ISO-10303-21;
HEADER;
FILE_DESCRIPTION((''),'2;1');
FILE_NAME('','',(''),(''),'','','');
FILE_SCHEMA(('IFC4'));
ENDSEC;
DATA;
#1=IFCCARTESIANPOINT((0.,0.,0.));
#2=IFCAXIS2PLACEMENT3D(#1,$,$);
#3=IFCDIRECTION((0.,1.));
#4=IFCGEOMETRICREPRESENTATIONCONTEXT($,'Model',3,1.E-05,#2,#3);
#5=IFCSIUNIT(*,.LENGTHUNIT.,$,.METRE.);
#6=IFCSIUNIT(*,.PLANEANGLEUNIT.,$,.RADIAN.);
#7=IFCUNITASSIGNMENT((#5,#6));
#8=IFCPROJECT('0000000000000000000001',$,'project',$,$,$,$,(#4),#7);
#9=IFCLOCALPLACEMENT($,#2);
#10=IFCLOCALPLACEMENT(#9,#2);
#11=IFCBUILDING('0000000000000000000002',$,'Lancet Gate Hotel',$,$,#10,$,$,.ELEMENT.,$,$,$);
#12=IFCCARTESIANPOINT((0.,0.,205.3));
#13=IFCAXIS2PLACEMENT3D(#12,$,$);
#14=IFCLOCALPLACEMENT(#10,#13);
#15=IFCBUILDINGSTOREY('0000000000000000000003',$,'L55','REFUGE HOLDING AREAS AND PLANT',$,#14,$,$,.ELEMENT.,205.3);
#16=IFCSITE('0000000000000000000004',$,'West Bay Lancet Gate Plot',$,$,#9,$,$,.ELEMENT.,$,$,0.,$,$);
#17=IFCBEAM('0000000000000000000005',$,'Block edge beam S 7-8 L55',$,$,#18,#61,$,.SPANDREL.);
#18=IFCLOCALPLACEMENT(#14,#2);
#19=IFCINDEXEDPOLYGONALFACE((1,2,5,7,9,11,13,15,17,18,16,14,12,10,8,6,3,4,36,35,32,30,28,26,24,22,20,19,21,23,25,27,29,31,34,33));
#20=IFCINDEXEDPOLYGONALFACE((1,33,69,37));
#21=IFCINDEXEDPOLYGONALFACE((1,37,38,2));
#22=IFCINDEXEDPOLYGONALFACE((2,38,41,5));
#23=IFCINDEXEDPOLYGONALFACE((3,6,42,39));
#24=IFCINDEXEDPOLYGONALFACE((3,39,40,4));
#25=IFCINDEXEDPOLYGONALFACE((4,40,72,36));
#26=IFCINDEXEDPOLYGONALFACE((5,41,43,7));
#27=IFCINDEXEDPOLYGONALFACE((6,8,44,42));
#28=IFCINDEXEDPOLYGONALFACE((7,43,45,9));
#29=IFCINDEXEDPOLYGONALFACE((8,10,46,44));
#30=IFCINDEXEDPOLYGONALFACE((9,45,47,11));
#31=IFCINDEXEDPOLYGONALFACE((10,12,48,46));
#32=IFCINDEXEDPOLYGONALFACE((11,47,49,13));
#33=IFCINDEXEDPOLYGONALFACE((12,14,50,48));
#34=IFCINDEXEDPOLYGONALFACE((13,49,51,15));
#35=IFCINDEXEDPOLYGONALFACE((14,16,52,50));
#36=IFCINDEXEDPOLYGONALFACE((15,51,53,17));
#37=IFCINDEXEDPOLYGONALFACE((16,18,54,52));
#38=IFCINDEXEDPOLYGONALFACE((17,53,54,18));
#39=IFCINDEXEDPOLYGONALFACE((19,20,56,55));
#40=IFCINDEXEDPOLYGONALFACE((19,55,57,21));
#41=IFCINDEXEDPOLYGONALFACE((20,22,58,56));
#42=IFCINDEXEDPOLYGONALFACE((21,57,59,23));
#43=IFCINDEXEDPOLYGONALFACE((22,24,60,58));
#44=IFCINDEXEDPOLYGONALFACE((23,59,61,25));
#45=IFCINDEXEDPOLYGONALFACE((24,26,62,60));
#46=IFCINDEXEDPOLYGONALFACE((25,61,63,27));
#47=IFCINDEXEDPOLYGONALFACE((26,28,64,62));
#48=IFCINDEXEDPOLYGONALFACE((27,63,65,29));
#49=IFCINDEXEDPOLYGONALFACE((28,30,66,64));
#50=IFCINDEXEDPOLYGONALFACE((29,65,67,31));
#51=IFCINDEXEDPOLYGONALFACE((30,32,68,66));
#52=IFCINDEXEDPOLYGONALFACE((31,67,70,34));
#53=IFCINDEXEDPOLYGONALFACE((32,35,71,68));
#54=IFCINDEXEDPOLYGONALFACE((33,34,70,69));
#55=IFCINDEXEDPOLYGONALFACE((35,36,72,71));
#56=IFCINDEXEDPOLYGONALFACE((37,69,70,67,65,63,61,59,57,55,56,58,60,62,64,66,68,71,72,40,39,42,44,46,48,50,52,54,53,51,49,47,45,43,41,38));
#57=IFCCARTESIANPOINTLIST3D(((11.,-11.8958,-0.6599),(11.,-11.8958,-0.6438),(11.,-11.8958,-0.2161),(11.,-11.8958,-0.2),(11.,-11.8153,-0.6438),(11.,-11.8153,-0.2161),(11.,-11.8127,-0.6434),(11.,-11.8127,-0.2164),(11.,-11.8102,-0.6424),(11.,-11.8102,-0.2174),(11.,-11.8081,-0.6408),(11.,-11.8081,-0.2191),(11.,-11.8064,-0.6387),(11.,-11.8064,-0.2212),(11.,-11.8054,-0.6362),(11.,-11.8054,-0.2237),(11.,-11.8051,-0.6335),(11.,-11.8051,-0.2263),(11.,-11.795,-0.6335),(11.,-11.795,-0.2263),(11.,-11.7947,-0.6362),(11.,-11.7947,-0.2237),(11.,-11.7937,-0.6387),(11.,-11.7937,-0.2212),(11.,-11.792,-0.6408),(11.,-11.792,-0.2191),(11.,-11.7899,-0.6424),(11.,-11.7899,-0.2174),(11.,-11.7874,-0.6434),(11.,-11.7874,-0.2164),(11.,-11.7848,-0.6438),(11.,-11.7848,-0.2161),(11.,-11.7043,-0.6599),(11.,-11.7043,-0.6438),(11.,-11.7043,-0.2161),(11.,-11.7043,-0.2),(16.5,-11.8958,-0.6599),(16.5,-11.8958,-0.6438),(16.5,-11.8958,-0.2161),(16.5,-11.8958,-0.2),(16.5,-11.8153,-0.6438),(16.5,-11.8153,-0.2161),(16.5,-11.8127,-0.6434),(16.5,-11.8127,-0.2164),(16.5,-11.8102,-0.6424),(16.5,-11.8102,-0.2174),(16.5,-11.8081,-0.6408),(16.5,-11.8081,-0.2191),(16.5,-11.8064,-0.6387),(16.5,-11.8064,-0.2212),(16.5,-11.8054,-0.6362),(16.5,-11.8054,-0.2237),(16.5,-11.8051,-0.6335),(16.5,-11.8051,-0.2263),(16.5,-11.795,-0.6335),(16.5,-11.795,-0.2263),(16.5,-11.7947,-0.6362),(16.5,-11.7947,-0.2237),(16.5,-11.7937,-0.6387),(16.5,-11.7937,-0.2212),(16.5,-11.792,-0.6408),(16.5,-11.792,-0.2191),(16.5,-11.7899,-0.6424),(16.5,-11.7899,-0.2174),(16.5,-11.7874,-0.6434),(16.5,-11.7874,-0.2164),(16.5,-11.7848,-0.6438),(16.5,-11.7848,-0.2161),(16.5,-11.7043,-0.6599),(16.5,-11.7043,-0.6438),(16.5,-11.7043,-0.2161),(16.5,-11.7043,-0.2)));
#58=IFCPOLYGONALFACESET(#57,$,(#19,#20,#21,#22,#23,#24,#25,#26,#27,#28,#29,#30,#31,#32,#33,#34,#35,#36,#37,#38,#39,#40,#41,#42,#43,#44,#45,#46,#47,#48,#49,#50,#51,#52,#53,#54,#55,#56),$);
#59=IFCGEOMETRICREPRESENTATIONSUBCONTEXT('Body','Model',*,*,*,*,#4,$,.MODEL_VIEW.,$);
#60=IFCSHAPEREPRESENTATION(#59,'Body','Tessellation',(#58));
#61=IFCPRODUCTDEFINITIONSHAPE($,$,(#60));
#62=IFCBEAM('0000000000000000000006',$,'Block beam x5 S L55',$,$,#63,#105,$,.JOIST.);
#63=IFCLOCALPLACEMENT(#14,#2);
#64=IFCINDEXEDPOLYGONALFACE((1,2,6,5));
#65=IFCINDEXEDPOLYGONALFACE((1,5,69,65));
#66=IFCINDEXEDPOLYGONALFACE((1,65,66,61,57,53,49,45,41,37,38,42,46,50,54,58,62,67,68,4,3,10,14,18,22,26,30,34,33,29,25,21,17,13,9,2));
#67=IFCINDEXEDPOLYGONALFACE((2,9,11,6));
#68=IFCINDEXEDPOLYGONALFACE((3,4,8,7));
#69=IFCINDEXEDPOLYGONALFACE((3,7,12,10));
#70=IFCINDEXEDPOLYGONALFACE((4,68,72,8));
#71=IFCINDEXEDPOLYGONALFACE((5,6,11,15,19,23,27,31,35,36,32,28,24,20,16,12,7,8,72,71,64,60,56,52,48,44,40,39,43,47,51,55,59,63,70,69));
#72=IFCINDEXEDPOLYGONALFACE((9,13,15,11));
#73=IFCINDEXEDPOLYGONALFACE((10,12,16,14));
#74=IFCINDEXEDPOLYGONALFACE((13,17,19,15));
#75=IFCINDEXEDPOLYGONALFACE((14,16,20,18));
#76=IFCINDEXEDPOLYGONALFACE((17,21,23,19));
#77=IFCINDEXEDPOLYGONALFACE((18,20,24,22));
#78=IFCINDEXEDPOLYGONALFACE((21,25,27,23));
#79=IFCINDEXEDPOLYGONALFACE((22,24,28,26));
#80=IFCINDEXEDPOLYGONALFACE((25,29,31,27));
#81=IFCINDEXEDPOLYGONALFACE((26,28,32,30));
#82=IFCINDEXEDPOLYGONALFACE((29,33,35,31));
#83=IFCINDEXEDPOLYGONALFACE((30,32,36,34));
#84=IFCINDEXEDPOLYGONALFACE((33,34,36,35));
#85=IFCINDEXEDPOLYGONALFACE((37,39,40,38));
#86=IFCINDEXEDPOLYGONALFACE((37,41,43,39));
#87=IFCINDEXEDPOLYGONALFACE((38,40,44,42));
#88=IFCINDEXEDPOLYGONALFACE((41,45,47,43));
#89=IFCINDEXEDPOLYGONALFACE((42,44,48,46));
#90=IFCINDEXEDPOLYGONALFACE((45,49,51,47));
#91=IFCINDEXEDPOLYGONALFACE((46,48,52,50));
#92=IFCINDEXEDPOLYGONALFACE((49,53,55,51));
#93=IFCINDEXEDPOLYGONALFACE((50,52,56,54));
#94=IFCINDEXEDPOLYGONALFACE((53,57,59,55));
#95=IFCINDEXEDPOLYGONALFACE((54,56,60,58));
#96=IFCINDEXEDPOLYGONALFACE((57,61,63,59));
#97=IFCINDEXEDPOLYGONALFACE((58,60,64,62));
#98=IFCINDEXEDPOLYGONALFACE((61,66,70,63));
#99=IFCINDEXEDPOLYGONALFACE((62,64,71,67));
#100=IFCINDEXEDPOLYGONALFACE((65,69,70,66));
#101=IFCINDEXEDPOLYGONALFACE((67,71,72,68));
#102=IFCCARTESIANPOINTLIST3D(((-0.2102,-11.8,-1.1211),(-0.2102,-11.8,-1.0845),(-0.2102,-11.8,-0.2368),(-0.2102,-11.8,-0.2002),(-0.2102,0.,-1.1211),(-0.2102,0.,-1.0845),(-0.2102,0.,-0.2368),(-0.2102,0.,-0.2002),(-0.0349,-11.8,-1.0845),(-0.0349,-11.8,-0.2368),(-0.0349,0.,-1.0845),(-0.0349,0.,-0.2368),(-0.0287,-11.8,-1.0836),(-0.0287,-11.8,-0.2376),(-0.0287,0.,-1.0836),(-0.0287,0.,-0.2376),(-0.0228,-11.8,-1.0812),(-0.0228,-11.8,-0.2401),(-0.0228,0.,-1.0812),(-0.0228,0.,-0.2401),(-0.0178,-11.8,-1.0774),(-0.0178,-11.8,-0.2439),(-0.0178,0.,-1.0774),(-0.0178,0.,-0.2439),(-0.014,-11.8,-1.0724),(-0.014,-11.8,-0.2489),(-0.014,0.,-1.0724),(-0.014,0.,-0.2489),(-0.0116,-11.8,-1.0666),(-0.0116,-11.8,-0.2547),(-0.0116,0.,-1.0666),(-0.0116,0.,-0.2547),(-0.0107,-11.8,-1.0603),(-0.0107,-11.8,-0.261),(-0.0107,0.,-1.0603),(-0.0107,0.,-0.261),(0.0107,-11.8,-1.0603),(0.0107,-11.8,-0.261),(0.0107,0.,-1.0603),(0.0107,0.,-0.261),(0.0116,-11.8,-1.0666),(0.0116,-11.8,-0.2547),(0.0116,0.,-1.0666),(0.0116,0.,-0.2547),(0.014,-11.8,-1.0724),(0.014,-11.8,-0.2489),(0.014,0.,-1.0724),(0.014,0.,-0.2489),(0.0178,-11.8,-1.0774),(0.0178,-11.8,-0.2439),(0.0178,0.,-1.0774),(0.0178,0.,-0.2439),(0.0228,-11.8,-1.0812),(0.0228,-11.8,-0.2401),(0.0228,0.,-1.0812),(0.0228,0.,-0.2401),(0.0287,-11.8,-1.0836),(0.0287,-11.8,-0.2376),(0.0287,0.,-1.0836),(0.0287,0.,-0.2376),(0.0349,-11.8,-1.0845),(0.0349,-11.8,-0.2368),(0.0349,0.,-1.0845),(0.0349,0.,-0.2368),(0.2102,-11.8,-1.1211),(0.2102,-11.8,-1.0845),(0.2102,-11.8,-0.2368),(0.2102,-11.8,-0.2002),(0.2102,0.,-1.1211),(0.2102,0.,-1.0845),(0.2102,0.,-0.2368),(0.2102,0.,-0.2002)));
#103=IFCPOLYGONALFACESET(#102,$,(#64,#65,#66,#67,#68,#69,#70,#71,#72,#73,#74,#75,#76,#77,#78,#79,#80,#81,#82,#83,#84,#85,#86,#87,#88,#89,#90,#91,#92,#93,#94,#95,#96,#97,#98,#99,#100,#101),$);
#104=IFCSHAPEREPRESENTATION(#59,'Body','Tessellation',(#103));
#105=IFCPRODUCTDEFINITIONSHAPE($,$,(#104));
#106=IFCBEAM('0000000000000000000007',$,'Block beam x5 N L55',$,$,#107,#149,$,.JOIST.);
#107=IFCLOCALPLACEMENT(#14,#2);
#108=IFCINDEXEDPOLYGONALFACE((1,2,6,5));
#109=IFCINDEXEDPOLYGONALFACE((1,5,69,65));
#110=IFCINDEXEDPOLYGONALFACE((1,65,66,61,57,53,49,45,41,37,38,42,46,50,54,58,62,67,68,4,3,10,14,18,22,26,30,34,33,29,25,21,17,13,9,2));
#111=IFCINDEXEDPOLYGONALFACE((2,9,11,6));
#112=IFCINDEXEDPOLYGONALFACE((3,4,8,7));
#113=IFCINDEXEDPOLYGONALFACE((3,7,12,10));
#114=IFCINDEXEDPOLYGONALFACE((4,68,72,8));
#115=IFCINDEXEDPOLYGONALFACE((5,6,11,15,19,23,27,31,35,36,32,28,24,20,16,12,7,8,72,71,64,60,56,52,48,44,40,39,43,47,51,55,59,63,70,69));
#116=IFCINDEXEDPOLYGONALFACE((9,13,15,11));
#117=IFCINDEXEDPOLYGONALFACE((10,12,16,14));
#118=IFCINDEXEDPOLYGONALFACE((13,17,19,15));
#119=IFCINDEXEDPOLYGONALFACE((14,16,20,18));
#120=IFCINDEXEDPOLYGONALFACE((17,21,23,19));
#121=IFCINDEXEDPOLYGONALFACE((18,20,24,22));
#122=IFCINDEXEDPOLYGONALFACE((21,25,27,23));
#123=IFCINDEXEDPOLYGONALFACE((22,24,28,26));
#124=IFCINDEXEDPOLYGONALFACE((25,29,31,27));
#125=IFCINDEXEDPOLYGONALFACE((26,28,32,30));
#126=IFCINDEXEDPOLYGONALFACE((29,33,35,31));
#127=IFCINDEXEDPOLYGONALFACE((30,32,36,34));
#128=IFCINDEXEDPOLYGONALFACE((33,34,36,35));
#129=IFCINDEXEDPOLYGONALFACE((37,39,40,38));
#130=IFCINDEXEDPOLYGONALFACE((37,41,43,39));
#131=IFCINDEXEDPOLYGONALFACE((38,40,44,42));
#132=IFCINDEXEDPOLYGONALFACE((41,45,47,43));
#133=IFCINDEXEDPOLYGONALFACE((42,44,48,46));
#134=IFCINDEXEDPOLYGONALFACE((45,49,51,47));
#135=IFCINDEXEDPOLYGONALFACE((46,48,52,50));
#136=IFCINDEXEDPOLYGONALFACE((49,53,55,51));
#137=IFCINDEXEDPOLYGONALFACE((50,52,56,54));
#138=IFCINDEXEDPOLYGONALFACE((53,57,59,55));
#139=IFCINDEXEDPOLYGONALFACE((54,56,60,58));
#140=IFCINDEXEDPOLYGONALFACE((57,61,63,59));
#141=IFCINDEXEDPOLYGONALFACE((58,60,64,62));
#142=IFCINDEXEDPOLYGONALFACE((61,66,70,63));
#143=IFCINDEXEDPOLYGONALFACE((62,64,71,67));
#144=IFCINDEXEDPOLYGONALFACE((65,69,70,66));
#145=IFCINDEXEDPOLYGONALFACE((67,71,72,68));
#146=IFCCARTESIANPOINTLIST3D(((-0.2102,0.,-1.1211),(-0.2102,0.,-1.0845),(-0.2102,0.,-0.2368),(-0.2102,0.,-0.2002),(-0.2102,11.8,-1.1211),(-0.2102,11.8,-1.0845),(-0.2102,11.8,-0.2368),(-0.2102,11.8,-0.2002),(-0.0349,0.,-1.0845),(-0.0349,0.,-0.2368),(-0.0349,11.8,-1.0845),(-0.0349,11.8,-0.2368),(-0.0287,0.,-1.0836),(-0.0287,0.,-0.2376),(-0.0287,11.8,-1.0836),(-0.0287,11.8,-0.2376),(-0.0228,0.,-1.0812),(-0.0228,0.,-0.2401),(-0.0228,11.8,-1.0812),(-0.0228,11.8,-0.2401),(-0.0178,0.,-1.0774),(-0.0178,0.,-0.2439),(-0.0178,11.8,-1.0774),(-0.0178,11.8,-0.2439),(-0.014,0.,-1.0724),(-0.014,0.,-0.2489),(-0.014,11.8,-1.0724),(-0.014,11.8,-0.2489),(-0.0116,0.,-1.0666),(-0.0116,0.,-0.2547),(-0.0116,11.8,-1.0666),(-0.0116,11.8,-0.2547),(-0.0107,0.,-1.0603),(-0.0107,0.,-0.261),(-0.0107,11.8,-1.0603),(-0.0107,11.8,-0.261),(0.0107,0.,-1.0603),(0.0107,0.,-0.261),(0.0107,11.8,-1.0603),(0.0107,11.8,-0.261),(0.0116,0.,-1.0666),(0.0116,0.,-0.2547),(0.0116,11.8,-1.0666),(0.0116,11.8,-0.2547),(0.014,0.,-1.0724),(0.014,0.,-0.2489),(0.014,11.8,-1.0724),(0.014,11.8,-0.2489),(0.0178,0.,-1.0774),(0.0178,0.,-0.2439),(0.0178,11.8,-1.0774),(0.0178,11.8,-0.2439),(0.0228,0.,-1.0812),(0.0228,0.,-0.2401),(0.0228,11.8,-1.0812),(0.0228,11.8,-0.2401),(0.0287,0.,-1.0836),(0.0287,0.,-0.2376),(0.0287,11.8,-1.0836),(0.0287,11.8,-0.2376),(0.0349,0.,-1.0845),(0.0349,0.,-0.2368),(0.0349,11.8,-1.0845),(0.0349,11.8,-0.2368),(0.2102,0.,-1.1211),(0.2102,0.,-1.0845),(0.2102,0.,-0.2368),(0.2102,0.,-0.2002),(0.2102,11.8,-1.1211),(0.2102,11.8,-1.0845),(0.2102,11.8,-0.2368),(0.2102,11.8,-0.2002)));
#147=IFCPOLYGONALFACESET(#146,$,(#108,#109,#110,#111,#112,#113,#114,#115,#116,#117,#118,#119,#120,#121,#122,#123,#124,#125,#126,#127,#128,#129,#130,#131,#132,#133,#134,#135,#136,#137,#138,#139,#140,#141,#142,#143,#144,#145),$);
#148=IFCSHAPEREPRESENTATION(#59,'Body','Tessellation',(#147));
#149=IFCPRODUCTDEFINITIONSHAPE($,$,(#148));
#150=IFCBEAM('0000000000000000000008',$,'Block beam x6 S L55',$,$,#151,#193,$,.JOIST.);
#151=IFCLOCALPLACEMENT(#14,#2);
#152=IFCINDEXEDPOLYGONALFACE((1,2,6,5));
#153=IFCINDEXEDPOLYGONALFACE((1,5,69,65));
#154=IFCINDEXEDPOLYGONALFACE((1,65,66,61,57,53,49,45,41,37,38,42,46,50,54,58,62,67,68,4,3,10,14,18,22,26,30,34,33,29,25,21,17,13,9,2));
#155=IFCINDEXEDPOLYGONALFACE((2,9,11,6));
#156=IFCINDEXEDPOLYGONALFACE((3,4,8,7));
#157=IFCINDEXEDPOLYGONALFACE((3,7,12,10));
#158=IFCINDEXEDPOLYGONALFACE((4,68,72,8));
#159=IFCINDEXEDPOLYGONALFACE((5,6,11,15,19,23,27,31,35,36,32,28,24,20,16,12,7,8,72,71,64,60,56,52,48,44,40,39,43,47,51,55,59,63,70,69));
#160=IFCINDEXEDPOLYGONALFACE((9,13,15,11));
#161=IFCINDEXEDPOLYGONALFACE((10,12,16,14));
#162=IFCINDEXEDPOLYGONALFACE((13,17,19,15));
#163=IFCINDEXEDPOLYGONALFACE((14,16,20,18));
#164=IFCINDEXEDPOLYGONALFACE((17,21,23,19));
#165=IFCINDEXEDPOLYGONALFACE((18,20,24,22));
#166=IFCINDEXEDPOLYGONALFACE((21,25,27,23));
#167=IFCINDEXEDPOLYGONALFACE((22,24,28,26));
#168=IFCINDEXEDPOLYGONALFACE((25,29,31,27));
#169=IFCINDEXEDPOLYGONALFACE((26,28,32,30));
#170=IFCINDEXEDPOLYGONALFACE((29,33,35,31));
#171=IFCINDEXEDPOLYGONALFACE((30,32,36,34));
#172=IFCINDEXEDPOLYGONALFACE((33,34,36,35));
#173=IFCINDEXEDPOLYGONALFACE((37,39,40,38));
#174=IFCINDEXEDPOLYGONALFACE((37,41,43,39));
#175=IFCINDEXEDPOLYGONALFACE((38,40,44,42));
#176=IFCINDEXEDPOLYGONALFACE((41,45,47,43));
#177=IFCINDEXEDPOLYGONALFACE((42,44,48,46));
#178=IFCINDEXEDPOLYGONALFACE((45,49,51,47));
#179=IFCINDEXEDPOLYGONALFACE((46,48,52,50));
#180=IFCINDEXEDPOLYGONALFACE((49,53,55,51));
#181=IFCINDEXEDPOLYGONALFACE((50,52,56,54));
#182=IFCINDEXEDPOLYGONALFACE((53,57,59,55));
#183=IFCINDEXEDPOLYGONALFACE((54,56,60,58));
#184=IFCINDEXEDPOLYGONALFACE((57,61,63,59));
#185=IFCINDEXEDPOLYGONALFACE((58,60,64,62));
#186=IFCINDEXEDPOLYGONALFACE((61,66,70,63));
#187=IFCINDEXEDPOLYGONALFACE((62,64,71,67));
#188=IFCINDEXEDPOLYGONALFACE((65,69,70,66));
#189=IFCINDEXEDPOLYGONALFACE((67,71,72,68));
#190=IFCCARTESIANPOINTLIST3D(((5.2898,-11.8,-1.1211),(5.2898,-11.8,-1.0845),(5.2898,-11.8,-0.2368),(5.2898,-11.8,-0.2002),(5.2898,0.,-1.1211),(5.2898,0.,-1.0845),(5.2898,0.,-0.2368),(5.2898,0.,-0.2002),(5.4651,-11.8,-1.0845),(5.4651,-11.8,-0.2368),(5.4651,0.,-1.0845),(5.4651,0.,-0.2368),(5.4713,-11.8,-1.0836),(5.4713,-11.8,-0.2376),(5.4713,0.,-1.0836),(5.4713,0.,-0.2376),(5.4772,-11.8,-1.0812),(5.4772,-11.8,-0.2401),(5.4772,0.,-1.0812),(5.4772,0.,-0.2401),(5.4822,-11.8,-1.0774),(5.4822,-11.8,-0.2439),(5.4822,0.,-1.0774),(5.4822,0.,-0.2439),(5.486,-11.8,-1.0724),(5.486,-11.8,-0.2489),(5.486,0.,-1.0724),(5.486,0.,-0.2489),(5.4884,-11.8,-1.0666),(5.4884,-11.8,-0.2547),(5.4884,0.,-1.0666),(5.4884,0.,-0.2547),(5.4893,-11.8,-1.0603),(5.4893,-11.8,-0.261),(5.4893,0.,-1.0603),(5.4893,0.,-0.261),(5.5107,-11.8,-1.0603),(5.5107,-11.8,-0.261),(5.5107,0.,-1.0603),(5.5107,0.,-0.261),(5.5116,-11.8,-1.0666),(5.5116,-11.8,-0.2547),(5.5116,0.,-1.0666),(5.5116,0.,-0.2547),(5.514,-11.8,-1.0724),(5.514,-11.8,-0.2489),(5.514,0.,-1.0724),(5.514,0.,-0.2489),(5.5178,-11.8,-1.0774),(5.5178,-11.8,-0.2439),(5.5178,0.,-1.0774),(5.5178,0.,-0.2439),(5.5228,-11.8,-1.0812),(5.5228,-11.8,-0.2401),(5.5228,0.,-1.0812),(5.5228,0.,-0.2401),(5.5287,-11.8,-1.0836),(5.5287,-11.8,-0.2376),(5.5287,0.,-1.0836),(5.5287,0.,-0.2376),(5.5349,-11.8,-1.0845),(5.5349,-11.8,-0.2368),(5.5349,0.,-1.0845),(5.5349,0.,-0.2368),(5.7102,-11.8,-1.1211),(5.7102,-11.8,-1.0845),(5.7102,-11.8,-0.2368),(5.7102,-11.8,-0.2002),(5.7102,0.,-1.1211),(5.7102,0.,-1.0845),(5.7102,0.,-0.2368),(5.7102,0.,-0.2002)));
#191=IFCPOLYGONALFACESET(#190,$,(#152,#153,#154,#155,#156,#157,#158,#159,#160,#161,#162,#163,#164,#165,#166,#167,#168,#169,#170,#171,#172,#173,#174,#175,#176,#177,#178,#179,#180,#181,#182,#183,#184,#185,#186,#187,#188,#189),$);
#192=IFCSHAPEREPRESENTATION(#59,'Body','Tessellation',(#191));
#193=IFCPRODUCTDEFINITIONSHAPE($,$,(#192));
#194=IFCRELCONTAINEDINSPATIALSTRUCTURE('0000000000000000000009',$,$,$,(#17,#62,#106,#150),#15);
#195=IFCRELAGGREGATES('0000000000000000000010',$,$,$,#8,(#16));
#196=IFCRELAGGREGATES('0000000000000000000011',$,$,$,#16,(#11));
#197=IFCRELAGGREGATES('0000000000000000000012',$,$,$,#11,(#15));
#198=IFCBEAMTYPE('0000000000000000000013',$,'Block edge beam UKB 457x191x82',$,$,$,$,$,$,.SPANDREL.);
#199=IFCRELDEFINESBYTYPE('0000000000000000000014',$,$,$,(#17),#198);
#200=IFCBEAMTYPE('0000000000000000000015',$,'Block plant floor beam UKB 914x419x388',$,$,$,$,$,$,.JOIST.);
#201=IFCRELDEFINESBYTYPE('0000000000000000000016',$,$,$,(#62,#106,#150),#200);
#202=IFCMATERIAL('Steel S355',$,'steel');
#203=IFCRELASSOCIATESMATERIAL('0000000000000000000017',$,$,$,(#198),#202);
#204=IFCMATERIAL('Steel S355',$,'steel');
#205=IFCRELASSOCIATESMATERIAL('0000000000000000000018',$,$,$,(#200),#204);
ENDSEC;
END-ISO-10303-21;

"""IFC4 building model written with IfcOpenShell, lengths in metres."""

from ifc_helpers import new_model, si_unit, direction, frame, origin, origin_2d, place, context, subcontext, project, spatial, i_section, extrude, material, material_profile, profile_set, type_object, element, save


model = new_model("IFC4")

# Units and contexts
model_context = context("Model", 3, precision=1e-05, world=origin(), true_north=direction((0.0, 1.0)))
body_context = subcontext(model_context, "Body", "Model", "MODEL_VIEW")
ifc_project = project(units=[si_unit("LENGTHUNIT", "METRE"), si_unit("PLANEANGLEUNIT", "RADIAN")], contexts=[model_context])

# Site, building, storey
site_placement = place(None, origin())
site = spatial("IfcSite", under=ifc_project, at=site_placement, Name="West Bay Lancet Gate Plot", CompositionType="ELEMENT", RefElevation=0.0)
building_placement = place(site_placement, origin())
building = spatial("IfcBuilding", under=site, at=building_placement, Name="Lancet Gate Hotel", CompositionType="ELEMENT")
storey_placement = place(building_placement, frame((0.0, 0.0, 205.3)))
storey = spatial("IfcBuildingStorey", under=building, at=storey_placement, Name="L55", Description="REFUGE HOLDING AREAS AND PLANT", CompositionType="ELEMENT", Elevation=205.3)

# Beams
ifc_material_1 = material(Name="Steel S355", Category="steel")
ifc_material_profile_1 = material_profile(ifc_material_1, i_section(OverallWidth=0.1914, OverallDepth=0.46, WebThickness=0.01, FlangeThickness=0.0161, FilletRadius=0.0103, at=origin_2d()), Name="UKB 457x191x82")
ifc_profile_set_1 = profile_set([ifc_material_profile_1], Name="Steel S355")
beam_type_1 = type_object("IfcBeamType", Name="Block edge beam UKB 457x191x82", PredefinedType="SPANDREL", material=ifc_profile_set_1)
for number, where, z_axis, x_axis, name in (
    (1, (11.0, -11.8, -0.4299), (1.0, 0.0, 0.0), (0.0, 1.0, 0.0), "Block edge beam S 7-8 L55"),
):
    element("IfcBeam", number, at=place(storey_placement, frame(where, z_axis=z_axis, x_axis=x_axis)), inside=storey, type_object=beam_type_1, Name=name, PredefinedType="SPANDREL", context=body_context, shape_type="SweptSolid", body=[
        extrude(i_section(OverallWidth=0.1914, OverallDepth=0.46, WebThickness=0.01, FlangeThickness=0.0161, FilletRadius=0.0103, at=origin_2d()), origin(), (0.0, 0.0, 1.0), 5.5),
    ])
ifc_material_2 = material(Name="Steel S355", Category="steel")
ifc_material_profile_2 = material_profile(ifc_material_2, i_section(OverallWidth=0.4204, OverallDepth=0.9209, WebThickness=0.0215, FlangeThickness=0.0366, FilletRadius=0.0242, at=origin_2d()), Name="UKB 914x419x388")
ifc_profile_set_2 = profile_set([ifc_material_profile_2], Name="Steel S355")
beam_type_2 = type_object("IfcBeamType", Name="Block plant floor beam UKB 914x419x388", PredefinedType="JOIST", material=ifc_profile_set_2)
for number, where, z_axis, x_axis, name in (
    (2, (0.0, -11.8, -0.6606), (0.0, 1.0, 0.0), (-1.0, 0.0, 0.0), "Block beam x5 S L55"),
    (3, (0.0, 0.0, -0.6606), (0.0, 1.0, 0.0), (-1.0, 0.0, 0.0), "Block beam x5 N L55"),
    (4, (5.5, -11.8, -0.6606), (0.0, 1.0, 0.0), (-1.0, 0.0, 0.0), "Block beam x6 S L55"),
):
    element("IfcBeam", number, at=place(storey_placement, frame(where, z_axis=z_axis, x_axis=x_axis)), inside=storey, type_object=beam_type_2, Name=name, PredefinedType="JOIST", context=body_context, shape_type="SweptSolid", body=[
        extrude(i_section(OverallWidth=0.4204, OverallDepth=0.9209, WebThickness=0.0215, FlangeThickness=0.0366, FilletRadius=0.0242, at=origin_2d()), origin(), (0.0, 0.0, 1.0), 11.8),
    ])

save(model, "model.ifc")
